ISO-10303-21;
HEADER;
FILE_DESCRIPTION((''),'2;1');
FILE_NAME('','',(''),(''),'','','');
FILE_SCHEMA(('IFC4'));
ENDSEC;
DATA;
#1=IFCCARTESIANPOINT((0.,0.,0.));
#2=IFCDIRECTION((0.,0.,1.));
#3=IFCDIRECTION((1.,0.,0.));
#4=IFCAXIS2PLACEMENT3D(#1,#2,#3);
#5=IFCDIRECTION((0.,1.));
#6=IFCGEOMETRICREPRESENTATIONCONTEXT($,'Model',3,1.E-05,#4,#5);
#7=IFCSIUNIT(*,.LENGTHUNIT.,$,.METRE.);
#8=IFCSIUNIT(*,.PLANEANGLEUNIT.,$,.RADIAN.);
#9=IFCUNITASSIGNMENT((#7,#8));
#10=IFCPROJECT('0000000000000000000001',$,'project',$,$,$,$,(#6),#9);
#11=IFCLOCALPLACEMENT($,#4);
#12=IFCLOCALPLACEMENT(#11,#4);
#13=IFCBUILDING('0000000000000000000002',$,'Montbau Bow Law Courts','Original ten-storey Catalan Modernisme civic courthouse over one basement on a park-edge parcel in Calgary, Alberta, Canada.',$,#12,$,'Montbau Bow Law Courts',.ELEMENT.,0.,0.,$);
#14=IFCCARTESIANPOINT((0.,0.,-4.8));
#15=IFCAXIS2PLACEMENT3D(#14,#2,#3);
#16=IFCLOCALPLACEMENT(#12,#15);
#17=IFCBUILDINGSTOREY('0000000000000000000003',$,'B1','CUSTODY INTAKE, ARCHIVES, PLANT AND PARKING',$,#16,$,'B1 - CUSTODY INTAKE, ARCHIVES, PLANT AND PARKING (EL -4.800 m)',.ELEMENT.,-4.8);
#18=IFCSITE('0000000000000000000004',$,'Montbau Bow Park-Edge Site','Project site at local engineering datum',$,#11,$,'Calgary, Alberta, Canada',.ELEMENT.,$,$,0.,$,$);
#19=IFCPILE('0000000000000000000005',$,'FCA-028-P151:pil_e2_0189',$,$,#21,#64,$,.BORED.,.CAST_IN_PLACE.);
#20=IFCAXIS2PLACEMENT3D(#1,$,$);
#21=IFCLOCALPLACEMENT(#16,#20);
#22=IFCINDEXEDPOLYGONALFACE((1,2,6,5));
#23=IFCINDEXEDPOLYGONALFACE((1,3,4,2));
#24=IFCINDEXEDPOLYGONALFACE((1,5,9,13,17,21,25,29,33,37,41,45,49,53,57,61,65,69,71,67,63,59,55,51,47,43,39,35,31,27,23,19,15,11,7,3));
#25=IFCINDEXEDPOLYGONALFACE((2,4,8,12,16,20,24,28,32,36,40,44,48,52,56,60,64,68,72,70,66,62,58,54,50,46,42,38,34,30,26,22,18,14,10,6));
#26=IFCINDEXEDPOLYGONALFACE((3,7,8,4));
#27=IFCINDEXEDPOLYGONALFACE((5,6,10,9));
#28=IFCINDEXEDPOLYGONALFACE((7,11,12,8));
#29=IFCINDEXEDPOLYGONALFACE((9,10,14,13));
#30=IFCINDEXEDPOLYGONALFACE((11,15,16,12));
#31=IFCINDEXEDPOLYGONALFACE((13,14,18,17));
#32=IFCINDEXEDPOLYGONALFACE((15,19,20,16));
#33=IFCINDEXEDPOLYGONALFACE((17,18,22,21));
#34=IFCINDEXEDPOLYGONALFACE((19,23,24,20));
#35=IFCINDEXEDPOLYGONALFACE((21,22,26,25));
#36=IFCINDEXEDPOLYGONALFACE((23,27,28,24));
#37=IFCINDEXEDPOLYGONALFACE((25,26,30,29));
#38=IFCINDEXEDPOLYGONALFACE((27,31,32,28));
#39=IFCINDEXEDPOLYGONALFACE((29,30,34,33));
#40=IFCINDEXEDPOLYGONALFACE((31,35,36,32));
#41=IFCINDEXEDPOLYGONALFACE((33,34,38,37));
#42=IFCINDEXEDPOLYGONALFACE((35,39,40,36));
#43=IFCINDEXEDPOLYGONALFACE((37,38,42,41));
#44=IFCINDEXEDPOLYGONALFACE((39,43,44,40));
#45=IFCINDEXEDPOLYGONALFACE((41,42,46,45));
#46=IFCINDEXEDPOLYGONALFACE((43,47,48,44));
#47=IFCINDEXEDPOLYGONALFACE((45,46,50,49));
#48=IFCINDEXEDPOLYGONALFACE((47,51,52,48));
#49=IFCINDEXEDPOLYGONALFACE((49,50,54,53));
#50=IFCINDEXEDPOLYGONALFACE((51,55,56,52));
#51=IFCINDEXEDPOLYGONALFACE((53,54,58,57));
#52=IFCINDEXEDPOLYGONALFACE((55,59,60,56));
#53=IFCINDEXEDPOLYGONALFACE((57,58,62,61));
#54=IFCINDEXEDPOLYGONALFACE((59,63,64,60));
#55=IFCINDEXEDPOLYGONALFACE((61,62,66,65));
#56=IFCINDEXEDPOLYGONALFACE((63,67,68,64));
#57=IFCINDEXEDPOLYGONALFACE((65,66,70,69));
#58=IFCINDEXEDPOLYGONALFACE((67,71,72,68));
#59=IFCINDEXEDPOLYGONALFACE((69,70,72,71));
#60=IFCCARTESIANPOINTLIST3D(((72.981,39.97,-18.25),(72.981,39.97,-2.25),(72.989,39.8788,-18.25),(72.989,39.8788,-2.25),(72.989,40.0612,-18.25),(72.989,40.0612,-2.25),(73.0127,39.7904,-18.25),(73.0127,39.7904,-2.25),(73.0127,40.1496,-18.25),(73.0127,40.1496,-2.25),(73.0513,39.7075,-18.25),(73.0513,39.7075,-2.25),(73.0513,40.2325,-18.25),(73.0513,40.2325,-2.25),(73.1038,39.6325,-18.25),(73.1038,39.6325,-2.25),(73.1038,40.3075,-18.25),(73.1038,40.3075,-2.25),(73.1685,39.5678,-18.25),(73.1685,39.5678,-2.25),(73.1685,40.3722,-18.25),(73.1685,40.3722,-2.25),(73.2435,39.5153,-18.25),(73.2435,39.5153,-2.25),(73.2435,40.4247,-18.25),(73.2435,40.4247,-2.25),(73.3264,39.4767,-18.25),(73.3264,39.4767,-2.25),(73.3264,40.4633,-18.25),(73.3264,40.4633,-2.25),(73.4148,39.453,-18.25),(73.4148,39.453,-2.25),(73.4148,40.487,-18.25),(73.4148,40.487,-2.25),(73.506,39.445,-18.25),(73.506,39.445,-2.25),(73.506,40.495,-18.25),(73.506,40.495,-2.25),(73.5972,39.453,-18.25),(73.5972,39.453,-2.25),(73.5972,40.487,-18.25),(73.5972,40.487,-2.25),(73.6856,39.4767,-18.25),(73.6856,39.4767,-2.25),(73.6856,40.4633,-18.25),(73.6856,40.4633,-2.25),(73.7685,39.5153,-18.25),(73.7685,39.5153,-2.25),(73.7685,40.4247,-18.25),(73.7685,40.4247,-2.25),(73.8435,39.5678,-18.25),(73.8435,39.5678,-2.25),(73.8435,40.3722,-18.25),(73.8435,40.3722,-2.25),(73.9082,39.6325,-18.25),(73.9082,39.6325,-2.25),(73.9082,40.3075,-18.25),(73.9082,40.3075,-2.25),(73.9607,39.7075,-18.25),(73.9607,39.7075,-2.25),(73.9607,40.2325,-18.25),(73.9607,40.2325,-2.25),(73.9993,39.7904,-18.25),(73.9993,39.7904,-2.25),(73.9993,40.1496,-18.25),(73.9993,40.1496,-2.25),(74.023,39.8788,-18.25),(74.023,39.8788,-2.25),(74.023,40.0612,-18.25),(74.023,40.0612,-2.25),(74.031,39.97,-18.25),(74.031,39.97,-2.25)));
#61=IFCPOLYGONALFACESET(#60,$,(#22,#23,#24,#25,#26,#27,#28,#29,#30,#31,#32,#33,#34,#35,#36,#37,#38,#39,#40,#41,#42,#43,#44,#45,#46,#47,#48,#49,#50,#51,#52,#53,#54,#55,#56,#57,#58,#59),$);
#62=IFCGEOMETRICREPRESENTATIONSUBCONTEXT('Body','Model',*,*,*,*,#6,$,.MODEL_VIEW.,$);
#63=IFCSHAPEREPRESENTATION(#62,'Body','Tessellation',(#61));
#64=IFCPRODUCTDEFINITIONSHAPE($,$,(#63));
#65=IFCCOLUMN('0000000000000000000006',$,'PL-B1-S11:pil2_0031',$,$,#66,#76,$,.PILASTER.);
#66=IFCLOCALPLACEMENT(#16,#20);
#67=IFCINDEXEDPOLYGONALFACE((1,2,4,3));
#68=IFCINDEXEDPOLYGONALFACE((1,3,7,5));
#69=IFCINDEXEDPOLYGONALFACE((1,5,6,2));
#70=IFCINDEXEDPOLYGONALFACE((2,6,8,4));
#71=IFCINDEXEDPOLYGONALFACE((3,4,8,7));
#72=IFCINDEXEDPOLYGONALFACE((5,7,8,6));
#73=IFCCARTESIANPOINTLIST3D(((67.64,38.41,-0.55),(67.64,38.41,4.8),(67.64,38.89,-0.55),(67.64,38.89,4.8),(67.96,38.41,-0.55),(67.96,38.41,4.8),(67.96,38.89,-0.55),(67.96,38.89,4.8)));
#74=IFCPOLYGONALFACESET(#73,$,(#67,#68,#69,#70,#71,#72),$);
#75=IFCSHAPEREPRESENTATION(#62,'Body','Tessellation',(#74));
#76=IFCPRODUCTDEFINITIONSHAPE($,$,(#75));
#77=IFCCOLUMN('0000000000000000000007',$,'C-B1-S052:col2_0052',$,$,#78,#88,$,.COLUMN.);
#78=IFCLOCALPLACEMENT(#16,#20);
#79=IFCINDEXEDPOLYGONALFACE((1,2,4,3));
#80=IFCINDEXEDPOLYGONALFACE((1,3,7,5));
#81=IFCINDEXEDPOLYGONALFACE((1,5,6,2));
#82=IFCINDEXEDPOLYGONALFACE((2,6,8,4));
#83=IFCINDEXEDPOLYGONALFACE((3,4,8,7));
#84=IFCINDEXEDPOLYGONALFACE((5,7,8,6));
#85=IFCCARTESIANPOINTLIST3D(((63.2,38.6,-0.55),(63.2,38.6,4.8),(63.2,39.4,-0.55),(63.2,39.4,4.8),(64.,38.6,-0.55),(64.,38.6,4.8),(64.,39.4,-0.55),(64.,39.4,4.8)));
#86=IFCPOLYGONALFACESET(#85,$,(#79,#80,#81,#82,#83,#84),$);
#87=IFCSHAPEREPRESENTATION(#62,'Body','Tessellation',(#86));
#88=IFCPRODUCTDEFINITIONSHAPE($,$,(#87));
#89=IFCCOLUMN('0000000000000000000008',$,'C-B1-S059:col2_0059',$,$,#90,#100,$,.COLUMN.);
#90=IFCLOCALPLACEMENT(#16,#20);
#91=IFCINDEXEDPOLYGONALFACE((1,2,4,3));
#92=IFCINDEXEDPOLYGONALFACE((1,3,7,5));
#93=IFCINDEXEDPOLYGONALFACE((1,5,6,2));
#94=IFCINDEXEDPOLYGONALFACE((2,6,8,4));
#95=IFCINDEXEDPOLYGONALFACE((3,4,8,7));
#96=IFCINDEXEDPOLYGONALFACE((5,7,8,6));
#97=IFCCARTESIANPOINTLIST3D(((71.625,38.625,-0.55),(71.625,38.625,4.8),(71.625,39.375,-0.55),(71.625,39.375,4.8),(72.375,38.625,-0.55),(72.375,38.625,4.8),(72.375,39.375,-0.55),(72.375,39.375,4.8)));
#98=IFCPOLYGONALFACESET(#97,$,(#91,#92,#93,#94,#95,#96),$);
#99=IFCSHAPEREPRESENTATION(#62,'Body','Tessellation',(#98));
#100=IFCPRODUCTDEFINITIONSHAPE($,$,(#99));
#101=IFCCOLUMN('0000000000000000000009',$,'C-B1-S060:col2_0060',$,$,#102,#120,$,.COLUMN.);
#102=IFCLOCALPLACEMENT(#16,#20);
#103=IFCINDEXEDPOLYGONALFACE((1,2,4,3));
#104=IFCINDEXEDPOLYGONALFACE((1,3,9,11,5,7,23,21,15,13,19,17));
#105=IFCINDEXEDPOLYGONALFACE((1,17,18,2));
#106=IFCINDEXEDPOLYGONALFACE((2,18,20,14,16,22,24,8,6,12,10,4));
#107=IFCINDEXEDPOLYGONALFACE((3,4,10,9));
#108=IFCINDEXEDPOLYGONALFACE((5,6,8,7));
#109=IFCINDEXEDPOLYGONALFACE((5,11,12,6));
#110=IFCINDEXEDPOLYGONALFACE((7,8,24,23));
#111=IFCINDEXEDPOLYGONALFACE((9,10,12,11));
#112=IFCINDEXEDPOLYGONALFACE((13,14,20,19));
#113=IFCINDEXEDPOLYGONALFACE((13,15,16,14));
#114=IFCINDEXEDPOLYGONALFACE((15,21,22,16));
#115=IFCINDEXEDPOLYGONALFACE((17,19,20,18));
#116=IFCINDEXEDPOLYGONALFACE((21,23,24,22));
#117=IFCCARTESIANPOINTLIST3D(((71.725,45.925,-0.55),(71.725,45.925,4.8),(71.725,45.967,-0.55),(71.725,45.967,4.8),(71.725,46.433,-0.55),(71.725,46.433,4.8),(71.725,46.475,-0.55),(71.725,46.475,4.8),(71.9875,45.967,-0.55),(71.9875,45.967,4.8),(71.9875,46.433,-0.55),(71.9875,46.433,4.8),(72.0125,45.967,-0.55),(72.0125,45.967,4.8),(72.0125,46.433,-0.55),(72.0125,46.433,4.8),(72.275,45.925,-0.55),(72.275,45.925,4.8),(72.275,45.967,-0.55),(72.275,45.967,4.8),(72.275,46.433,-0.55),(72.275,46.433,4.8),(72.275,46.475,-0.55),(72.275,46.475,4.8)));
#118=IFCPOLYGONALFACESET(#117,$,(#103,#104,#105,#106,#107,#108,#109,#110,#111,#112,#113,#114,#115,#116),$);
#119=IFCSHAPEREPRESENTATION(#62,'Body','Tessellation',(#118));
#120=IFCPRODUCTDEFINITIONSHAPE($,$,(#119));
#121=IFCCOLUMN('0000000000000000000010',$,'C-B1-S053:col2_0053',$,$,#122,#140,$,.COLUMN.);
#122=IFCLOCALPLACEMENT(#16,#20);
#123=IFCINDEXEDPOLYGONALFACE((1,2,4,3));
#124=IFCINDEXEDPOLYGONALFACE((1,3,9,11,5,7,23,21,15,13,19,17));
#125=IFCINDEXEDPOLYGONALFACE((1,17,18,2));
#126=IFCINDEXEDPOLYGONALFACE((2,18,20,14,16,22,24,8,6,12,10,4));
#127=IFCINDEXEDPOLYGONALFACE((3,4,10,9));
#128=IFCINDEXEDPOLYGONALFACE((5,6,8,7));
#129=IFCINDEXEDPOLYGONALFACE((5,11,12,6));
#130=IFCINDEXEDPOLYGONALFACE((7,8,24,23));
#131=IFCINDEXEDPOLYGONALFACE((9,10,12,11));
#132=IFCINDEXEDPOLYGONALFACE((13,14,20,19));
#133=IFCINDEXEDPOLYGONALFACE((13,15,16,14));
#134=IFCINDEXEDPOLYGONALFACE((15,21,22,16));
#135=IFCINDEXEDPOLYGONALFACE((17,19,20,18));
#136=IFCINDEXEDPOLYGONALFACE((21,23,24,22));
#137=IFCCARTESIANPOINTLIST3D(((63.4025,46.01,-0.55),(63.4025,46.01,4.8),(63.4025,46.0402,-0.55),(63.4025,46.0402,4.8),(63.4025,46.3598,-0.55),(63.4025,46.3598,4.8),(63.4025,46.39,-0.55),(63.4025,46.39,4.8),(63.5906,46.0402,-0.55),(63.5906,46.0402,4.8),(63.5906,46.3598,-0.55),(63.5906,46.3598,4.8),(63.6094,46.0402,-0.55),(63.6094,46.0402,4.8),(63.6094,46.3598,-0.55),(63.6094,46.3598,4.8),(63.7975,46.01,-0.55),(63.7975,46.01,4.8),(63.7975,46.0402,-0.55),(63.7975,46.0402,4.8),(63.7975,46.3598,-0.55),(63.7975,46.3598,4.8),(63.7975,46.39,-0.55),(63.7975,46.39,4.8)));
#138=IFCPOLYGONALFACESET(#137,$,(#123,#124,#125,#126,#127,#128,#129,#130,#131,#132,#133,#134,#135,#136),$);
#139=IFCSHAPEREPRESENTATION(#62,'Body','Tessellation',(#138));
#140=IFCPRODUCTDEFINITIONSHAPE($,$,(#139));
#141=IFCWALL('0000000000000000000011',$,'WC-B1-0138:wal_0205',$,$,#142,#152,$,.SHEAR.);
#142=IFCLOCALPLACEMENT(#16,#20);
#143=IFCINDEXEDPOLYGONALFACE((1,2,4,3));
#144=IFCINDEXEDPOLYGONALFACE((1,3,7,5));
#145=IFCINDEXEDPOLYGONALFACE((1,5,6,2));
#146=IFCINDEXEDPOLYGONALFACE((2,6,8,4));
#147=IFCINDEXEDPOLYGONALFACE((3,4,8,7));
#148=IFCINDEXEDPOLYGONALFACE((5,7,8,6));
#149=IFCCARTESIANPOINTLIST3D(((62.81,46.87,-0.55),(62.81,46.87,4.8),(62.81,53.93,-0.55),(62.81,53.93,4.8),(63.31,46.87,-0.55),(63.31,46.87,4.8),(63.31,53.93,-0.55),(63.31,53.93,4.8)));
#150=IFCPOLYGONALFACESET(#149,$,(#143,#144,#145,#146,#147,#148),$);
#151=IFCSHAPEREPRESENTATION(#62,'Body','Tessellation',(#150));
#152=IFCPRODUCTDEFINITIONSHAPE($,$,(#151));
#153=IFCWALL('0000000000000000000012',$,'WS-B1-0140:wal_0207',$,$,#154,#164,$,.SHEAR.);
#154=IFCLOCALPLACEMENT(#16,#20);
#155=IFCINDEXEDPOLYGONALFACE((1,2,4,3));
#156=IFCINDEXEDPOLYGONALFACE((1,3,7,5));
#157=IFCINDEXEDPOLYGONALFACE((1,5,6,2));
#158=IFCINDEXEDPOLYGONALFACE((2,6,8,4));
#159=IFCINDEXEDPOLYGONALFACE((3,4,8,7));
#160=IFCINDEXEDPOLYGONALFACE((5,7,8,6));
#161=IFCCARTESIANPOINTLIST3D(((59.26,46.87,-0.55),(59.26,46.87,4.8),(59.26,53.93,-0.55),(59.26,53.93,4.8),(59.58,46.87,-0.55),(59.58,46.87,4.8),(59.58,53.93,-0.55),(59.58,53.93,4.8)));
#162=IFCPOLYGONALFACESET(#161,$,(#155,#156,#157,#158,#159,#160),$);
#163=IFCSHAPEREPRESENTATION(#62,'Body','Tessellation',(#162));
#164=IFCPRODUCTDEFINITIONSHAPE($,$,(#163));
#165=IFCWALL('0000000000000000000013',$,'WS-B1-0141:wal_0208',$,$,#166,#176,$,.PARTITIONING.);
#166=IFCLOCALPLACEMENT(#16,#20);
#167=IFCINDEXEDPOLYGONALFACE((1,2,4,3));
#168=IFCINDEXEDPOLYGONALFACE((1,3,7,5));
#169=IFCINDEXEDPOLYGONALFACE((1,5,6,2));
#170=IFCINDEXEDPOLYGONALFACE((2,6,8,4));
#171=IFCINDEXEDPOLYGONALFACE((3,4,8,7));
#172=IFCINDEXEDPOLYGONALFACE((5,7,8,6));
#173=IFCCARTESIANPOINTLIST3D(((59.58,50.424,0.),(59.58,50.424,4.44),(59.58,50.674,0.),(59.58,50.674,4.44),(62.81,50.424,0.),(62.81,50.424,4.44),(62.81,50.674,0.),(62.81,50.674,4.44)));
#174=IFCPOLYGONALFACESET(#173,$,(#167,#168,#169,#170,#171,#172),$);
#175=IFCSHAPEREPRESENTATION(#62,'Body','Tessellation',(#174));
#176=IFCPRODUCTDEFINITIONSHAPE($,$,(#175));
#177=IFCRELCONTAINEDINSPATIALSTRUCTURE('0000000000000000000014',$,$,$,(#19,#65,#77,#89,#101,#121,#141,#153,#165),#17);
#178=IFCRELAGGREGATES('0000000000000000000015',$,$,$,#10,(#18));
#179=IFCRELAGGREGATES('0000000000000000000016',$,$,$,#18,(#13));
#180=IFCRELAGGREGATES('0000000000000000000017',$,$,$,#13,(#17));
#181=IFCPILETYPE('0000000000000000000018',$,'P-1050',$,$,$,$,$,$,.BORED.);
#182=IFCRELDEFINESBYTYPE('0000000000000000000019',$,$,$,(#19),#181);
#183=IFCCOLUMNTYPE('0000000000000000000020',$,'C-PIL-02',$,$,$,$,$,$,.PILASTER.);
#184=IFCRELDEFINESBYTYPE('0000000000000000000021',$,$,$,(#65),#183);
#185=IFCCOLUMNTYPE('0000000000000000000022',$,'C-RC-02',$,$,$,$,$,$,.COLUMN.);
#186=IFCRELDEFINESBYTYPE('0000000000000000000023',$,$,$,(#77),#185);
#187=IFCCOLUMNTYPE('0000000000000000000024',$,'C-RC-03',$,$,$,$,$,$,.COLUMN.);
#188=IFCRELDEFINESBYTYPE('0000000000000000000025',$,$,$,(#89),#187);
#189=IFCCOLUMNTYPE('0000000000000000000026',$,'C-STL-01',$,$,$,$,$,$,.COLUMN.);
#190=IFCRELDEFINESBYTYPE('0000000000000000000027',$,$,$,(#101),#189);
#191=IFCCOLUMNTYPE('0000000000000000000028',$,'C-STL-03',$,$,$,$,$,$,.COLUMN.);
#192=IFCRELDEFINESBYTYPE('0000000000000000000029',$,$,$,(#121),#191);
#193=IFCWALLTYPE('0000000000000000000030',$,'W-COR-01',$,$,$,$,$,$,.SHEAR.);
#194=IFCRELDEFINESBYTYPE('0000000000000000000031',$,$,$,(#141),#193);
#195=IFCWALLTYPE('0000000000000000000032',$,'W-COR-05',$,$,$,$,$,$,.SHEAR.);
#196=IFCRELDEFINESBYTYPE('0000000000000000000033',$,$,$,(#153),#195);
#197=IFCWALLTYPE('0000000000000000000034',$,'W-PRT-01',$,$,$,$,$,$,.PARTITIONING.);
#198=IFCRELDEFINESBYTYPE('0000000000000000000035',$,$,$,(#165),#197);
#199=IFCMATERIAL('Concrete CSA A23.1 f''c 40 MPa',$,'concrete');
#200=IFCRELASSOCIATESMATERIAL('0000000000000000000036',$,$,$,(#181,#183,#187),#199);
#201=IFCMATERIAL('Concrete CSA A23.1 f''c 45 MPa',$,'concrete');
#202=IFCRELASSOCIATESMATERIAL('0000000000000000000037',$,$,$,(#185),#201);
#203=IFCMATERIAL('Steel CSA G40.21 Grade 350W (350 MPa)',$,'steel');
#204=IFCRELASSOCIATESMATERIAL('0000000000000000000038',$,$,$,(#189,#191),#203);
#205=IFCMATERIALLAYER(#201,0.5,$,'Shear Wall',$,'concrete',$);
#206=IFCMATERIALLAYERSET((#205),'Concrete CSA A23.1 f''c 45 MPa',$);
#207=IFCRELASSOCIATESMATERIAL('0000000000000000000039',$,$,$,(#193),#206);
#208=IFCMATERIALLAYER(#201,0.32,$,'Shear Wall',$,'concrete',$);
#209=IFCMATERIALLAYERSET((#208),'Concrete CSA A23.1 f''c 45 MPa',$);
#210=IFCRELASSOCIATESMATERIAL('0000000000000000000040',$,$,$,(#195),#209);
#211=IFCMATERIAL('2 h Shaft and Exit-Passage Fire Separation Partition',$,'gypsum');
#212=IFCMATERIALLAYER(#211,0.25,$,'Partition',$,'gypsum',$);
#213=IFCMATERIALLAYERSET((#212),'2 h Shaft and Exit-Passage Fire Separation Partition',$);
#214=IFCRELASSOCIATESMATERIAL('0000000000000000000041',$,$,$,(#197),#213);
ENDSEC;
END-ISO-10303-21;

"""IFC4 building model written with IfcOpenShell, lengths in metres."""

from ifc_helpers import new_model, si_unit, direction, frame, frame_2d, origin_with_axes, origin_2d_with_axis, place, context, subcontext, project, spatial, rectangle, circle, i_section, extrude, material, layer, layer_set, material_profile, profile_set, type_object, element, save


model = new_model("IFC4")

# Units and contexts
model_context = context("Model", 3, precision=1e-05, world=origin_with_axes(), true_north=direction((0.0, 1.0)))
body_context = subcontext(model_context, "Body", "Model", "MODEL_VIEW")
ifc_project = project(units=[si_unit("LENGTHUNIT", "METRE"), si_unit("PLANEANGLEUNIT", "RADIAN")], contexts=[model_context])

# Site, building, storey
site_placement = place(None, origin_with_axes())
site = spatial("IfcSite", under=ifc_project, at=site_placement, Name="Montbau Bow Park-Edge Site", Description="Project site at local engineering datum", LongName="Calgary, Alberta, Canada", CompositionType="ELEMENT", RefElevation=0.0)
building_placement = place(site_placement, origin_with_axes())
building = spatial("IfcBuilding", under=site, at=building_placement, Name="Montbau Bow Law Courts", Description="Original ten-storey Catalan Modernisme civic courthouse over one basement on a park-edge parcel in Calgary, Alberta, Canada.", LongName="Montbau Bow Law Courts", CompositionType="ELEMENT", ElevationOfRefHeight=0.0, ElevationOfTerrain=0.0)
storey_placement = place(building_placement, frame((0.0, 0.0, -4.8), z_axis=(0.0, 0.0, 1.0), x_axis=(1.0, 0.0, 0.0)))
storey = spatial("IfcBuildingStorey", under=building, at=storey_placement, Name="B1", Description="CUSTODY INTAKE, ARCHIVES, PLANT AND PARKING", LongName="B1 - CUSTODY INTAKE, ARCHIVES, PLANT AND PARKING (EL -4.800 m)", CompositionType="ELEMENT", Elevation=-4.8)

# Pile
ifc_material_1 = material(Name="Concrete CSA A23.1 f'c 40 MPa", Category="concrete")
ifc_material_profile_1 = material_profile(ifc_material_1, circle(Radius=0.525, at=origin_2d_with_axis()), Name="BP1050", Category="Main", Priority=0)
ifc_profile_set_1 = profile_set([ifc_material_profile_1], Name="Concrete CSA A23.1 f'c 40 MPa")
pile_type = type_object("IfcPileType", Name="P-1050", PredefinedType="BORED", material=ifc_profile_set_1)
for number, where, z_axis, x_axis, name in (
    (1, (73.506, 39.97, -23.05), (0.0, 0.0, 1.0), (1.0, 0.0, 0.0), "FCA-028-P151:pil_e2_0189"),
):
    element("IfcPile", number, at=place(None, frame(where, z_axis=z_axis, x_axis=x_axis)), inside=storey, type_object=pile_type, Name=name, ConstructionType="CAST_IN_PLACE", PredefinedType="BORED", context=body_context, shape_type="SweptSolid", body=[
        extrude(circle(Radius=0.525, at=origin_2d_with_axis()), origin_with_axes(), (0.0, 0.0, 1.0), 16.0),
    ])

# Columns
ifc_material_profile_2 = material_profile(ifc_material_1, rectangle(XDim=0.32, YDim=0.48, at=origin_2d_with_axis()), Name="RC480X320", Category="Main", Priority=0)
ifc_profile_set_2 = profile_set([ifc_material_profile_2], Name="Concrete CSA A23.1 f'c 40 MPa")
column_type_1 = type_object("IfcColumnType", Name="C-PIL-02", PredefinedType="PILASTER", material=ifc_profile_set_2)
column_1_placement = place(None, frame((67.8, 38.65, -5.35), z_axis=(0.0, 0.0, 1.0), x_axis=(1.0, 0.0, 0.0)))
element("IfcColumn", 2, at=column_1_placement, inside=storey, type_object=column_type_1, Name="PL-B1-S11:pil2_0031", PredefinedType="PILASTER", context=body_context, shape_type="SweptSolid", body=[
    extrude(rectangle(XDim=0.32, YDim=0.48, at=origin_2d_with_axis()), origin_with_axes(), (0.0, 0.0, 1.0), 5.35),
])
ifc_material_2 = material(Name="Concrete CSA A23.1 f'c 45 MPa", Category="concrete")
ifc_material_profile_3 = material_profile(ifc_material_2, rectangle(XDim=0.8, YDim=0.8, at=origin_2d_with_axis()), Name="RC800X800", Category="Main", Priority=0)
ifc_profile_set_3 = profile_set([ifc_material_profile_3], Name="Concrete CSA A23.1 f'c 45 MPa")
column_type_2 = type_object("IfcColumnType", Name="C-RC-02", PredefinedType="COLUMN", material=ifc_profile_set_3)
column_2_placement = place(None, frame((63.6, 39.0, -5.35), z_axis=(0.0, 0.0, 1.0), x_axis=(1.0, 0.0, 0.0)))
element("IfcColumn", 3, at=column_2_placement, inside=storey, type_object=column_type_2, Name="C-B1-S052:col2_0052", PredefinedType="COLUMN", context=body_context, shape_type="SweptSolid", body=[
    extrude(rectangle(XDim=0.8, YDim=0.8, at=origin_2d_with_axis()), origin_with_axes(), (0.0, 0.0, 1.0), 5.35),
])
ifc_material_profile_4 = material_profile(ifc_material_1, rectangle(XDim=0.75, YDim=0.75, at=origin_2d_with_axis()), Name="RC750X750", Category="Main", Priority=0)
ifc_profile_set_4 = profile_set([ifc_material_profile_4], Name="Concrete CSA A23.1 f'c 40 MPa")
column_type_3 = type_object("IfcColumnType", Name="C-RC-03", PredefinedType="COLUMN", material=ifc_profile_set_4)
column_3_placement = place(None, frame((72.0, 39.0, -5.35), z_axis=(0.0, 0.0, 1.0), x_axis=(1.0, 0.0, 0.0)))
element("IfcColumn", 4, at=column_3_placement, inside=storey, type_object=column_type_3, Name="C-B1-S059:col2_0059", PredefinedType="COLUMN", context=body_context, shape_type="SweptSolid", body=[
    extrude(rectangle(XDim=0.75, YDim=0.75, at=origin_2d_with_axis()), origin_with_axes(), (0.0, 0.0, 1.0), 5.35),
])
ifc_material_3 = material(Name="Steel CSA G40.21 Grade 350W (350 MPa)", Category="steel")
ifc_material_profile_5 = material_profile(ifc_material_3, i_section(OverallWidth=0.55, OverallDepth=0.55, WebThickness=0.025, FlangeThickness=0.042, at=origin_2d_with_axis()), Name="WWF550X420", Category="Main", Priority=0)
ifc_profile_set_5 = profile_set([ifc_material_profile_5], Name="Steel CSA G40.21 Grade 350W (350 MPa)")
column_type_4 = type_object("IfcColumnType", Name="C-STL-01", PredefinedType="COLUMN", material=ifc_profile_set_5)
column_4_placement = place(None, frame((72.0, 46.2, -5.35), z_axis=(0.0, 0.0, 1.0), x_axis=(1.0, 0.0, 0.0)))
element("IfcColumn", 5, at=column_4_placement, inside=storey, type_object=column_type_4, Name="C-B1-S060:col2_0060", PredefinedType="COLUMN", context=body_context, shape_type="SweptSolid", body=[
    extrude(i_section(OverallWidth=0.55, OverallDepth=0.55, WebThickness=0.025, FlangeThickness=0.042, at=origin_2d_with_axis()), origin_with_axes(), (0.0, 0.0, 1.0), 5.35),
])
ifc_material_profile_6 = material_profile(ifc_material_3, i_section(OverallWidth=0.395, OverallDepth=0.38, WebThickness=0.0189, FlangeThickness=0.0302, at=origin_2d_with_axis()), Name="W360X237", Category="Main", Priority=0)
ifc_profile_set_6 = profile_set([ifc_material_profile_6], Name="Steel CSA G40.21 Grade 350W (350 MPa)")
column_type_5 = type_object("IfcColumnType", Name="C-STL-03", PredefinedType="COLUMN", material=ifc_profile_set_6)
column_5_placement = place(None, frame((63.6, 46.2, -5.35), z_axis=(0.0, 0.0, 1.0), x_axis=(1.0, 0.0, 0.0)))
element("IfcColumn", 6, at=column_5_placement, inside=storey, type_object=column_type_5, Name="C-B1-S053:col2_0053", PredefinedType="COLUMN", context=body_context, shape_type="SweptSolid", body=[
    extrude(i_section(OverallWidth=0.395, OverallDepth=0.38, WebThickness=0.0189, FlangeThickness=0.0302, at=origin_2d_with_axis()), origin_with_axes(), (0.0, 0.0, 1.0), 5.35),
])

# Walls
ifc_layer_1 = layer(ifc_material_2, 0.5, Name="Shear Wall", Category="concrete")
ifc_layer_set_1 = layer_set([ifc_layer_1], Name="Concrete CSA A23.1 f'c 45 MPa")
wall_type_1 = type_object("IfcWallType", Name="W-COR-01", PredefinedType="SHEAR", material=ifc_layer_set_1)
wall_1_placement = place(None, frame((63.06, 46.87, -5.35), z_axis=(0.0, 0.0, 1.0), x_axis=(0.0, 1.0, 0.0)))
element("IfcWall", 7, at=wall_1_placement, inside=storey, type_object=wall_type_1, Name="WC-B1-0138:wal_0205", PredefinedType="SHEAR", context=body_context, shape_type="SweptSolid", body=[
    extrude(rectangle(XDim=7.06, YDim=0.5, at=frame_2d((3.53, 0.0), x_axis=(1.0, 0.0))), origin_with_axes(), (0.0, 0.0, 1.0), 5.35),
])
ifc_layer_2 = layer(ifc_material_2, 0.32, Name="Shear Wall", Category="concrete")
ifc_layer_set_2 = layer_set([ifc_layer_2], Name="Concrete CSA A23.1 f'c 45 MPa")
wall_type_2 = type_object("IfcWallType", Name="W-COR-05", PredefinedType="SHEAR", material=ifc_layer_set_2)
wall_2_placement = place(None, frame((59.42, 46.87, -5.35), z_axis=(0.0, 0.0, 1.0), x_axis=(0.0, 1.0, 0.0)))
element("IfcWall", 8, at=wall_2_placement, inside=storey, type_object=wall_type_2, Name="WS-B1-0140:wal_0207", PredefinedType="SHEAR", context=body_context, shape_type="SweptSolid", body=[
    extrude(rectangle(XDim=7.06, YDim=0.32, at=frame_2d((3.53, 0.0), x_axis=(1.0, 0.0))), origin_with_axes(), (0.0, 0.0, 1.0), 5.35),
])
ifc_material_4 = material(Name="2 h Shaft and Exit-Passage Fire Separation Partition", Category="gypsum")
ifc_layer_3 = layer(ifc_material_4, 0.25, Name="Partition", Category="gypsum")
ifc_layer_set_3 = layer_set([ifc_layer_3], Name="2 h Shaft and Exit-Passage Fire Separation Partition")
wall_type_3 = type_object("IfcWallType", Name="W-PRT-01", PredefinedType="PARTITIONING", material=ifc_layer_set_3)
wall_3_placement = place(None, frame((59.58, 50.549, -4.8), z_axis=(0.0, 0.0, 1.0), x_axis=(1.0, 0.0, 0.0)))
element("IfcWall", 9, at=wall_3_placement, inside=storey, type_object=wall_type_3, Name="WS-B1-0141:wal_0208", PredefinedType="PARTITIONING", context=body_context, shape_type="SweptSolid", body=[
    extrude(rectangle(XDim=3.23, YDim=0.25, at=frame_2d((1.615, 0.0), x_axis=(1.0, 0.0))), origin_with_axes(), (0.0, 0.0, 1.0), 4.44),
])

save(model, "model.ifc")
